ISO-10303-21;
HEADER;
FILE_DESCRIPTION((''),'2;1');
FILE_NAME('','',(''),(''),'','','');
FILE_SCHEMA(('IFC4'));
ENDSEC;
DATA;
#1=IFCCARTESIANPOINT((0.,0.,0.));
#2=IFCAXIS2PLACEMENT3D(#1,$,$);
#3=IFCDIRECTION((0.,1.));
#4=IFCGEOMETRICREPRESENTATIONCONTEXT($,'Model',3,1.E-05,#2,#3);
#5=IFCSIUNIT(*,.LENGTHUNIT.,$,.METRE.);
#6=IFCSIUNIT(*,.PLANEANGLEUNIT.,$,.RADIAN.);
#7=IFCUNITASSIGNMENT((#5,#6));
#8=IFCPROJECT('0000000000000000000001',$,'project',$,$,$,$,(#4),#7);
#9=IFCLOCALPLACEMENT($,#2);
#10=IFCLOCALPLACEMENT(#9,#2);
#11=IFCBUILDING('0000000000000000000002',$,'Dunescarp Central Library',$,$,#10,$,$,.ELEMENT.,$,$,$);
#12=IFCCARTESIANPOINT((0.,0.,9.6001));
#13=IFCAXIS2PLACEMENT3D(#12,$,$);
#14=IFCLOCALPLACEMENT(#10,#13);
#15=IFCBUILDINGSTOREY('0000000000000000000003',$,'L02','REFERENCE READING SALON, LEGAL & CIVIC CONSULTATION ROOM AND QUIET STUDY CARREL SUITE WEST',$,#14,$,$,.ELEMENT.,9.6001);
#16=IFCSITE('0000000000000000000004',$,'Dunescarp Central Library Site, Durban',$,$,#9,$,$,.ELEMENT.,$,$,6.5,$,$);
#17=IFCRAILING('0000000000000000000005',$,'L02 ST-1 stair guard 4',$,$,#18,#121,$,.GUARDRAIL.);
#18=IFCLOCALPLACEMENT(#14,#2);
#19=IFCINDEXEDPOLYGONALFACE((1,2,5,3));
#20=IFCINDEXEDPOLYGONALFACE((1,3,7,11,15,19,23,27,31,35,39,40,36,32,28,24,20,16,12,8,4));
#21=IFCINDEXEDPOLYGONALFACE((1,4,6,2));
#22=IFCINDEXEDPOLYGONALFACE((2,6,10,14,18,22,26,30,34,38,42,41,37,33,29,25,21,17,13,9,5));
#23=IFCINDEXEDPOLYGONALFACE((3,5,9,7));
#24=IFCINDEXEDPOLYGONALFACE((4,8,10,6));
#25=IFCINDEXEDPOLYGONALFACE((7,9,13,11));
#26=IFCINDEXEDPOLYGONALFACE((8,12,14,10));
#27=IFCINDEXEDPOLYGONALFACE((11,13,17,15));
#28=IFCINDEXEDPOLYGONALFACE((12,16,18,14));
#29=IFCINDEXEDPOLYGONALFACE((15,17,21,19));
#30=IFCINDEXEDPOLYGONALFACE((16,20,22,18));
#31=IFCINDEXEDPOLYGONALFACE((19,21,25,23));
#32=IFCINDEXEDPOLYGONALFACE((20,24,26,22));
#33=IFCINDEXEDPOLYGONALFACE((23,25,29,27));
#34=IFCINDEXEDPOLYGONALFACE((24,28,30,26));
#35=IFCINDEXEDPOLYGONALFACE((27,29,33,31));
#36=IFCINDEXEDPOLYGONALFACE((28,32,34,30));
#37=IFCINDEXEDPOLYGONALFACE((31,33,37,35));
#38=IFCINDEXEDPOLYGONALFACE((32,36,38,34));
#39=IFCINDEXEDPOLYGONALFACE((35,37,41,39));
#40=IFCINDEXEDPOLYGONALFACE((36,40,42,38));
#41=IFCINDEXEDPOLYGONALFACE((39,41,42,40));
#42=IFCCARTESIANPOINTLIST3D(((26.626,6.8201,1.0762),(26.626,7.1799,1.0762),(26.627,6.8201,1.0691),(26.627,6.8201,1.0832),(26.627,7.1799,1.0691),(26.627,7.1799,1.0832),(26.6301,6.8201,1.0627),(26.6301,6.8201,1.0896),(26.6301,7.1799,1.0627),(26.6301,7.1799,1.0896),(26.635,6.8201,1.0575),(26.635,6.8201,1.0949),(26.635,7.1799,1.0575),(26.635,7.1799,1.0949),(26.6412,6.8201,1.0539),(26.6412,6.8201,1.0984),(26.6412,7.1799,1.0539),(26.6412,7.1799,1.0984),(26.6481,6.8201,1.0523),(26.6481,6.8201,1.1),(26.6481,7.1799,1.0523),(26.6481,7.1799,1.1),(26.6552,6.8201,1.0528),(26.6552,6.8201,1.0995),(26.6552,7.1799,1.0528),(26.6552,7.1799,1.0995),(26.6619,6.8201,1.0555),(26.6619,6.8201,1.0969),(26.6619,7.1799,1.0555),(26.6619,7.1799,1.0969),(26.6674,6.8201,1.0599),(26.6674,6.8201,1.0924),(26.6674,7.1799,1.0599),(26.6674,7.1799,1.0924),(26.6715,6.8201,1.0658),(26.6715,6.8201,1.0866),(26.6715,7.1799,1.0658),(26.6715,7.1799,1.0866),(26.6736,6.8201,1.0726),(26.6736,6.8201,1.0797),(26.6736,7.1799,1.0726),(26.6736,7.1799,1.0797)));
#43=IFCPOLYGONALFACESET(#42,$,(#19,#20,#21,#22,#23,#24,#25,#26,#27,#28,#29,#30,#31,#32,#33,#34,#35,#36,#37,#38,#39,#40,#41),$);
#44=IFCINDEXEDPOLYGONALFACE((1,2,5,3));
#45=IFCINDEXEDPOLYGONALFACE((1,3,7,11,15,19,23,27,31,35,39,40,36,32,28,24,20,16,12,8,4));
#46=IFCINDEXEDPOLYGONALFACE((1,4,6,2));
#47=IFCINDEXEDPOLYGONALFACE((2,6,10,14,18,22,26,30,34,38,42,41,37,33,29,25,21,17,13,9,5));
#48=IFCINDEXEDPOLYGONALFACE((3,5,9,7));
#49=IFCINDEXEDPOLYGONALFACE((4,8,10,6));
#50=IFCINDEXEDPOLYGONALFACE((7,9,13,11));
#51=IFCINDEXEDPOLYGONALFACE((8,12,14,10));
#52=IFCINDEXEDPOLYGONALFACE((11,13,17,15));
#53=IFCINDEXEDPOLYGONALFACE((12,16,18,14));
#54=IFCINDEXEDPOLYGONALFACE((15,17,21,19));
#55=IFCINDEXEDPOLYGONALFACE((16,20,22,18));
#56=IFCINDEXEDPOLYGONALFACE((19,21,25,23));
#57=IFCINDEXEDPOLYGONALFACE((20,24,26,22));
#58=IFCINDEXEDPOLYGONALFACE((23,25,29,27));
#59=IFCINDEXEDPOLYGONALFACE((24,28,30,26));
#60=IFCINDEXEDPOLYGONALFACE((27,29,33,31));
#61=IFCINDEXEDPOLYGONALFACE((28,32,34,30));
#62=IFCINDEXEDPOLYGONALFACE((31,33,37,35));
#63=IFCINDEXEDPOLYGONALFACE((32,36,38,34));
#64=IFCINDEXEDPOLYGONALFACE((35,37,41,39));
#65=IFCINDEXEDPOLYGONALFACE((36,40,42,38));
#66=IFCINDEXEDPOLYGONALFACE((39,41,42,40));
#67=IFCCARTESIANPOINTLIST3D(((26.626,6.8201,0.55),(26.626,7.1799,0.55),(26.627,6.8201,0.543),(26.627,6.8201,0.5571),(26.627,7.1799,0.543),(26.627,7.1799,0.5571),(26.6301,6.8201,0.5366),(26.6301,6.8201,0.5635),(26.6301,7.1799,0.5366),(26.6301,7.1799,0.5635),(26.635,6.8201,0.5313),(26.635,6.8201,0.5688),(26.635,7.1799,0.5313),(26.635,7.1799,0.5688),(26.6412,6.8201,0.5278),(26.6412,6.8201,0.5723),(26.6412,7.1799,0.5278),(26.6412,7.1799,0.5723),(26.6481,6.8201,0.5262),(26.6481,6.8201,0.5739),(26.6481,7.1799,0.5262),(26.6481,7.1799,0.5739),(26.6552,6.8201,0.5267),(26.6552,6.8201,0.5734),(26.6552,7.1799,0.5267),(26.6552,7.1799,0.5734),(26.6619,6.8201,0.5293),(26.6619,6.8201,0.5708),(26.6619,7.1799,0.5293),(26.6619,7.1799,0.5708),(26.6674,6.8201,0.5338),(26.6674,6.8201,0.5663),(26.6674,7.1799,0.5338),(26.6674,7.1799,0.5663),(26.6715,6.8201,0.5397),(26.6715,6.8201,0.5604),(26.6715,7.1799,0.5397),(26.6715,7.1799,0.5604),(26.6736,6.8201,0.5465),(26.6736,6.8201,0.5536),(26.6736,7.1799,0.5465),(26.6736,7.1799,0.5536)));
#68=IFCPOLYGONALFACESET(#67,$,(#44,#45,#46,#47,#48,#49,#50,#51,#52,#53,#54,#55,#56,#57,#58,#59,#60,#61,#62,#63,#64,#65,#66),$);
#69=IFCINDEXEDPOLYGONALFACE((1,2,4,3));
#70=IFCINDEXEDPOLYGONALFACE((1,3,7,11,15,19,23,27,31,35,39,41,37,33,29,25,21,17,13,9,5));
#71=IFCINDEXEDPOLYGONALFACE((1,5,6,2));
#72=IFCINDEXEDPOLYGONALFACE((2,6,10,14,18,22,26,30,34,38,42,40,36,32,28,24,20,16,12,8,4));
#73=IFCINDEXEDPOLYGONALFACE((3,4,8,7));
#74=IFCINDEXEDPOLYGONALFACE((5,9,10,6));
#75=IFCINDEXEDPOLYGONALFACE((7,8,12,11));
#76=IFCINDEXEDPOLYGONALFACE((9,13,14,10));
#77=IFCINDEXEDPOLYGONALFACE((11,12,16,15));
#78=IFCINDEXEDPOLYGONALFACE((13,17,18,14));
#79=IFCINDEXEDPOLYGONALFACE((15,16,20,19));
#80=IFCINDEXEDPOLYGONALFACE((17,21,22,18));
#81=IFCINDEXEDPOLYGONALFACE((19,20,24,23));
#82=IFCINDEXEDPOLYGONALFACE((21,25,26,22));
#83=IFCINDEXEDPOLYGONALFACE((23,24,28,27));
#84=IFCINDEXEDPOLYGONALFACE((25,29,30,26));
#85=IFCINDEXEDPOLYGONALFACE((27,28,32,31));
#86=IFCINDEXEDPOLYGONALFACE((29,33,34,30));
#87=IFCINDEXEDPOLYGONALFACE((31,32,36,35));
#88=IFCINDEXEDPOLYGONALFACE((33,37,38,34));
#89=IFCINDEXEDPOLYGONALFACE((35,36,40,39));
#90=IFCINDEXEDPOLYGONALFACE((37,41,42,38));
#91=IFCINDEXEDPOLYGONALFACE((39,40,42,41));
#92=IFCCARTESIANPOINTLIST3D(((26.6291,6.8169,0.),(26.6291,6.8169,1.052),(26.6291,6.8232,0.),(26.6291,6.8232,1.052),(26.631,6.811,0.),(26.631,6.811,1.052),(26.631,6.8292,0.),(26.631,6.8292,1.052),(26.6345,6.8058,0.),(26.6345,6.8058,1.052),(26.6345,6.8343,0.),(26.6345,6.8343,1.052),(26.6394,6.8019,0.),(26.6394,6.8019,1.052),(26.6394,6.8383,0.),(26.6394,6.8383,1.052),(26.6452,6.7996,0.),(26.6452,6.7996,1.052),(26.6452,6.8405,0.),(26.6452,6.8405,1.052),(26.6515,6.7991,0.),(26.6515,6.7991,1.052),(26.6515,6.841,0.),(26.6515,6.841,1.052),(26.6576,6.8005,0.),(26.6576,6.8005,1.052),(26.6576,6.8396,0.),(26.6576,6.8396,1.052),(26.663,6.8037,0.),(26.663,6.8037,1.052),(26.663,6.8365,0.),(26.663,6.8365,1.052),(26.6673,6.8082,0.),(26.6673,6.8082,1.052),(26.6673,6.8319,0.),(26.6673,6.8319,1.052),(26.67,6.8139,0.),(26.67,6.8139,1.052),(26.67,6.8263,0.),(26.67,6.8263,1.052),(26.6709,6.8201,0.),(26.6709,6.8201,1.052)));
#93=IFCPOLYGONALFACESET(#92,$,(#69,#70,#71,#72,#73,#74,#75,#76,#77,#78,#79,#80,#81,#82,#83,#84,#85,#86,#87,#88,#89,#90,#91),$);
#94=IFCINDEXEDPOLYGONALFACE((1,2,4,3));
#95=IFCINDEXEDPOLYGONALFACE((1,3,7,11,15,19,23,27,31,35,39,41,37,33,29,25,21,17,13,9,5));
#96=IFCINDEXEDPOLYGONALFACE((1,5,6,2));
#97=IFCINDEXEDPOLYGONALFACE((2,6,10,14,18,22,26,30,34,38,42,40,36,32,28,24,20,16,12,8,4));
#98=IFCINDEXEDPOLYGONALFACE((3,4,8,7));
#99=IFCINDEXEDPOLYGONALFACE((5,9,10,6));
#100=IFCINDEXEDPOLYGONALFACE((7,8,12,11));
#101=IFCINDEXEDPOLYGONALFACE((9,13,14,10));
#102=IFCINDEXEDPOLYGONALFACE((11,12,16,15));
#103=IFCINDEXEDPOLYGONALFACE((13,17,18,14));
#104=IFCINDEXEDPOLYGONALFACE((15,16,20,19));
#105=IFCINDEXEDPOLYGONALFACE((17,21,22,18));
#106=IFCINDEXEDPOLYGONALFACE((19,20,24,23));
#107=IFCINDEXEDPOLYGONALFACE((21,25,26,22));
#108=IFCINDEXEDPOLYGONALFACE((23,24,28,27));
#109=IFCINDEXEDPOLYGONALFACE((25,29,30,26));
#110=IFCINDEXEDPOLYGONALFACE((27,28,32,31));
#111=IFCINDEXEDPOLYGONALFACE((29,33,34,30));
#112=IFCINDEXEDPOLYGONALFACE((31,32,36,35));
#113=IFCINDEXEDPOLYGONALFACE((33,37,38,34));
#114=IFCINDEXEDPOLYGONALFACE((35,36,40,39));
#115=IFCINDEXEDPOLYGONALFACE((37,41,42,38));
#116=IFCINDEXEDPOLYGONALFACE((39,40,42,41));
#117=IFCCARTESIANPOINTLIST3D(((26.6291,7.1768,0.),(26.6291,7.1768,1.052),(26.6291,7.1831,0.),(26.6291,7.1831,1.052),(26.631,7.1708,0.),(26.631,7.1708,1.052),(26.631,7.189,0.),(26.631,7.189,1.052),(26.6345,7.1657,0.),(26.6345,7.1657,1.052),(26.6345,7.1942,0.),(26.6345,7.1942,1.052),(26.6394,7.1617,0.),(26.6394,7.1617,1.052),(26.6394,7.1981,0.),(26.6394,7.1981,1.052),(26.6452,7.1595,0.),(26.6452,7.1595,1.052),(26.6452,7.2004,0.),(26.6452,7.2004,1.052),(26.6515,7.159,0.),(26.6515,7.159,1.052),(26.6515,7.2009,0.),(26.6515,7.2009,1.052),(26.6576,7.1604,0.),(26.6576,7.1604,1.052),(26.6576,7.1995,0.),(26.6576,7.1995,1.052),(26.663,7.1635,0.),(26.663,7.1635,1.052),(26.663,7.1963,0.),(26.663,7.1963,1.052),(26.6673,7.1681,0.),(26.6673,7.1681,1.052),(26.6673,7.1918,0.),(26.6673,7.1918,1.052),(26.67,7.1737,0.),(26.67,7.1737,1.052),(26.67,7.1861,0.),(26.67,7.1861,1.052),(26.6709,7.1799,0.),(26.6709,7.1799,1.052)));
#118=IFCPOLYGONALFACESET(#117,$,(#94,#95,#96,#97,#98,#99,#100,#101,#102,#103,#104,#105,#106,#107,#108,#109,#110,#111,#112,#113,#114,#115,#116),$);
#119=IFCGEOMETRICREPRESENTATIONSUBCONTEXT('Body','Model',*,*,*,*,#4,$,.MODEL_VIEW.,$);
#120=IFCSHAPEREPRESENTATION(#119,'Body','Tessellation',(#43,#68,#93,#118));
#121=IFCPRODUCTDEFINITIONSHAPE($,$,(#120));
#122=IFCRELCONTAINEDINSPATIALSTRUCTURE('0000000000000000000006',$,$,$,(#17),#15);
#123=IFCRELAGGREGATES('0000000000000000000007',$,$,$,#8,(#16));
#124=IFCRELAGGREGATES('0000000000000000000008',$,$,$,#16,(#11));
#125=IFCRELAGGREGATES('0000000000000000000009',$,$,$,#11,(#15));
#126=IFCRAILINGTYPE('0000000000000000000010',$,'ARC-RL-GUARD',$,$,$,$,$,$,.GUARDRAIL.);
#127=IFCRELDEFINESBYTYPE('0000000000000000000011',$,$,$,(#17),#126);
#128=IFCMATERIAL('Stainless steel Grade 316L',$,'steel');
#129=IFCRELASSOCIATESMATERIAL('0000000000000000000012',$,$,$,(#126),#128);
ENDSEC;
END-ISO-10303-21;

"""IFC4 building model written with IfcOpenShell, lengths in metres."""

from ifc_helpers import new_model, si_unit, direction, frame, origin, origin_2d, place, context, subcontext, project, spatial, circle, extrude, material, type_object, element, save


model = new_model("IFC4")

# Units and contexts
model_context = context("Model", 3, precision=1e-05, world=origin(), true_north=direction((0.0, 1.0)))
body_context = subcontext(model_context, "Body", "Model", "MODEL_VIEW")
ifc_project = project(units=[si_unit("LENGTHUNIT", "METRE"), si_unit("PLANEANGLEUNIT", "RADIAN")], contexts=[model_context])

# Site, building, storey
site_placement = place(None, origin())
site = spatial("IfcSite", under=ifc_project, at=site_placement, Name="Dunescarp Central Library Site, Durban", CompositionType="ELEMENT", RefElevation=6.5)
building_placement = place(site_placement, origin())
building = spatial("IfcBuilding", under=site, at=building_placement, Name="Dunescarp Central Library", CompositionType="ELEMENT")
storey_placement = place(building_placement, frame((0.0, 0.0, 9.6001)))
storey = spatial("IfcBuildingStorey", under=building, at=storey_placement, Name="L02", Description="REFERENCE READING SALON, LEGAL & CIVIC CONSULTATION ROOM AND QUIET STUDY CARREL SUITE WEST", CompositionType="ELEMENT", Elevation=9.6001)

# Railing
ifc_material_1 = material(Name="Stainless steel Grade 316L", Category="steel")
railing_type_1 = type_object("IfcRailingType", Name="ARC-RL-GUARD", PredefinedType="GUARDRAIL", material=ifc_material_1)
railing_1_placement = place(storey_placement, frame((26.6499, 6.8201, 0.0)))
element("IfcRailing", 1, at=railing_1_placement, inside=storey, type_object=railing_type_1, Name="L02 ST-1 stair guard 4", PredefinedType="GUARDRAIL", context=body_context, shape_type="SweptSolid", body=[
    extrude(circle(Radius=0.0239, at=origin_2d()), frame((0.0, 0.0, 1.0762), z_axis=(0.0, 1.0, 0.0), x_axis=(-1.0, 0.0, 0.0)), (0.0, 0.0, 1.0), 0.3599),
    extrude(circle(Radius=0.0239, at=origin_2d()), frame((0.0, 0.0, 0.55), z_axis=(0.0, 1.0, 0.0), x_axis=(-1.0, 0.0, 0.0)), (0.0, 0.0, 1.0), 0.3599),
    extrude(circle(Radius=0.021, at=origin_2d()), origin(), (0.0, 0.0, 1.0), 1.052),
    extrude(circle(Radius=0.021, at=origin_2d()), frame((0.0, 0.3599, 0.0)), (0.0, 0.0, 1.0), 1.052),
])

save(model, "model.ifc")
